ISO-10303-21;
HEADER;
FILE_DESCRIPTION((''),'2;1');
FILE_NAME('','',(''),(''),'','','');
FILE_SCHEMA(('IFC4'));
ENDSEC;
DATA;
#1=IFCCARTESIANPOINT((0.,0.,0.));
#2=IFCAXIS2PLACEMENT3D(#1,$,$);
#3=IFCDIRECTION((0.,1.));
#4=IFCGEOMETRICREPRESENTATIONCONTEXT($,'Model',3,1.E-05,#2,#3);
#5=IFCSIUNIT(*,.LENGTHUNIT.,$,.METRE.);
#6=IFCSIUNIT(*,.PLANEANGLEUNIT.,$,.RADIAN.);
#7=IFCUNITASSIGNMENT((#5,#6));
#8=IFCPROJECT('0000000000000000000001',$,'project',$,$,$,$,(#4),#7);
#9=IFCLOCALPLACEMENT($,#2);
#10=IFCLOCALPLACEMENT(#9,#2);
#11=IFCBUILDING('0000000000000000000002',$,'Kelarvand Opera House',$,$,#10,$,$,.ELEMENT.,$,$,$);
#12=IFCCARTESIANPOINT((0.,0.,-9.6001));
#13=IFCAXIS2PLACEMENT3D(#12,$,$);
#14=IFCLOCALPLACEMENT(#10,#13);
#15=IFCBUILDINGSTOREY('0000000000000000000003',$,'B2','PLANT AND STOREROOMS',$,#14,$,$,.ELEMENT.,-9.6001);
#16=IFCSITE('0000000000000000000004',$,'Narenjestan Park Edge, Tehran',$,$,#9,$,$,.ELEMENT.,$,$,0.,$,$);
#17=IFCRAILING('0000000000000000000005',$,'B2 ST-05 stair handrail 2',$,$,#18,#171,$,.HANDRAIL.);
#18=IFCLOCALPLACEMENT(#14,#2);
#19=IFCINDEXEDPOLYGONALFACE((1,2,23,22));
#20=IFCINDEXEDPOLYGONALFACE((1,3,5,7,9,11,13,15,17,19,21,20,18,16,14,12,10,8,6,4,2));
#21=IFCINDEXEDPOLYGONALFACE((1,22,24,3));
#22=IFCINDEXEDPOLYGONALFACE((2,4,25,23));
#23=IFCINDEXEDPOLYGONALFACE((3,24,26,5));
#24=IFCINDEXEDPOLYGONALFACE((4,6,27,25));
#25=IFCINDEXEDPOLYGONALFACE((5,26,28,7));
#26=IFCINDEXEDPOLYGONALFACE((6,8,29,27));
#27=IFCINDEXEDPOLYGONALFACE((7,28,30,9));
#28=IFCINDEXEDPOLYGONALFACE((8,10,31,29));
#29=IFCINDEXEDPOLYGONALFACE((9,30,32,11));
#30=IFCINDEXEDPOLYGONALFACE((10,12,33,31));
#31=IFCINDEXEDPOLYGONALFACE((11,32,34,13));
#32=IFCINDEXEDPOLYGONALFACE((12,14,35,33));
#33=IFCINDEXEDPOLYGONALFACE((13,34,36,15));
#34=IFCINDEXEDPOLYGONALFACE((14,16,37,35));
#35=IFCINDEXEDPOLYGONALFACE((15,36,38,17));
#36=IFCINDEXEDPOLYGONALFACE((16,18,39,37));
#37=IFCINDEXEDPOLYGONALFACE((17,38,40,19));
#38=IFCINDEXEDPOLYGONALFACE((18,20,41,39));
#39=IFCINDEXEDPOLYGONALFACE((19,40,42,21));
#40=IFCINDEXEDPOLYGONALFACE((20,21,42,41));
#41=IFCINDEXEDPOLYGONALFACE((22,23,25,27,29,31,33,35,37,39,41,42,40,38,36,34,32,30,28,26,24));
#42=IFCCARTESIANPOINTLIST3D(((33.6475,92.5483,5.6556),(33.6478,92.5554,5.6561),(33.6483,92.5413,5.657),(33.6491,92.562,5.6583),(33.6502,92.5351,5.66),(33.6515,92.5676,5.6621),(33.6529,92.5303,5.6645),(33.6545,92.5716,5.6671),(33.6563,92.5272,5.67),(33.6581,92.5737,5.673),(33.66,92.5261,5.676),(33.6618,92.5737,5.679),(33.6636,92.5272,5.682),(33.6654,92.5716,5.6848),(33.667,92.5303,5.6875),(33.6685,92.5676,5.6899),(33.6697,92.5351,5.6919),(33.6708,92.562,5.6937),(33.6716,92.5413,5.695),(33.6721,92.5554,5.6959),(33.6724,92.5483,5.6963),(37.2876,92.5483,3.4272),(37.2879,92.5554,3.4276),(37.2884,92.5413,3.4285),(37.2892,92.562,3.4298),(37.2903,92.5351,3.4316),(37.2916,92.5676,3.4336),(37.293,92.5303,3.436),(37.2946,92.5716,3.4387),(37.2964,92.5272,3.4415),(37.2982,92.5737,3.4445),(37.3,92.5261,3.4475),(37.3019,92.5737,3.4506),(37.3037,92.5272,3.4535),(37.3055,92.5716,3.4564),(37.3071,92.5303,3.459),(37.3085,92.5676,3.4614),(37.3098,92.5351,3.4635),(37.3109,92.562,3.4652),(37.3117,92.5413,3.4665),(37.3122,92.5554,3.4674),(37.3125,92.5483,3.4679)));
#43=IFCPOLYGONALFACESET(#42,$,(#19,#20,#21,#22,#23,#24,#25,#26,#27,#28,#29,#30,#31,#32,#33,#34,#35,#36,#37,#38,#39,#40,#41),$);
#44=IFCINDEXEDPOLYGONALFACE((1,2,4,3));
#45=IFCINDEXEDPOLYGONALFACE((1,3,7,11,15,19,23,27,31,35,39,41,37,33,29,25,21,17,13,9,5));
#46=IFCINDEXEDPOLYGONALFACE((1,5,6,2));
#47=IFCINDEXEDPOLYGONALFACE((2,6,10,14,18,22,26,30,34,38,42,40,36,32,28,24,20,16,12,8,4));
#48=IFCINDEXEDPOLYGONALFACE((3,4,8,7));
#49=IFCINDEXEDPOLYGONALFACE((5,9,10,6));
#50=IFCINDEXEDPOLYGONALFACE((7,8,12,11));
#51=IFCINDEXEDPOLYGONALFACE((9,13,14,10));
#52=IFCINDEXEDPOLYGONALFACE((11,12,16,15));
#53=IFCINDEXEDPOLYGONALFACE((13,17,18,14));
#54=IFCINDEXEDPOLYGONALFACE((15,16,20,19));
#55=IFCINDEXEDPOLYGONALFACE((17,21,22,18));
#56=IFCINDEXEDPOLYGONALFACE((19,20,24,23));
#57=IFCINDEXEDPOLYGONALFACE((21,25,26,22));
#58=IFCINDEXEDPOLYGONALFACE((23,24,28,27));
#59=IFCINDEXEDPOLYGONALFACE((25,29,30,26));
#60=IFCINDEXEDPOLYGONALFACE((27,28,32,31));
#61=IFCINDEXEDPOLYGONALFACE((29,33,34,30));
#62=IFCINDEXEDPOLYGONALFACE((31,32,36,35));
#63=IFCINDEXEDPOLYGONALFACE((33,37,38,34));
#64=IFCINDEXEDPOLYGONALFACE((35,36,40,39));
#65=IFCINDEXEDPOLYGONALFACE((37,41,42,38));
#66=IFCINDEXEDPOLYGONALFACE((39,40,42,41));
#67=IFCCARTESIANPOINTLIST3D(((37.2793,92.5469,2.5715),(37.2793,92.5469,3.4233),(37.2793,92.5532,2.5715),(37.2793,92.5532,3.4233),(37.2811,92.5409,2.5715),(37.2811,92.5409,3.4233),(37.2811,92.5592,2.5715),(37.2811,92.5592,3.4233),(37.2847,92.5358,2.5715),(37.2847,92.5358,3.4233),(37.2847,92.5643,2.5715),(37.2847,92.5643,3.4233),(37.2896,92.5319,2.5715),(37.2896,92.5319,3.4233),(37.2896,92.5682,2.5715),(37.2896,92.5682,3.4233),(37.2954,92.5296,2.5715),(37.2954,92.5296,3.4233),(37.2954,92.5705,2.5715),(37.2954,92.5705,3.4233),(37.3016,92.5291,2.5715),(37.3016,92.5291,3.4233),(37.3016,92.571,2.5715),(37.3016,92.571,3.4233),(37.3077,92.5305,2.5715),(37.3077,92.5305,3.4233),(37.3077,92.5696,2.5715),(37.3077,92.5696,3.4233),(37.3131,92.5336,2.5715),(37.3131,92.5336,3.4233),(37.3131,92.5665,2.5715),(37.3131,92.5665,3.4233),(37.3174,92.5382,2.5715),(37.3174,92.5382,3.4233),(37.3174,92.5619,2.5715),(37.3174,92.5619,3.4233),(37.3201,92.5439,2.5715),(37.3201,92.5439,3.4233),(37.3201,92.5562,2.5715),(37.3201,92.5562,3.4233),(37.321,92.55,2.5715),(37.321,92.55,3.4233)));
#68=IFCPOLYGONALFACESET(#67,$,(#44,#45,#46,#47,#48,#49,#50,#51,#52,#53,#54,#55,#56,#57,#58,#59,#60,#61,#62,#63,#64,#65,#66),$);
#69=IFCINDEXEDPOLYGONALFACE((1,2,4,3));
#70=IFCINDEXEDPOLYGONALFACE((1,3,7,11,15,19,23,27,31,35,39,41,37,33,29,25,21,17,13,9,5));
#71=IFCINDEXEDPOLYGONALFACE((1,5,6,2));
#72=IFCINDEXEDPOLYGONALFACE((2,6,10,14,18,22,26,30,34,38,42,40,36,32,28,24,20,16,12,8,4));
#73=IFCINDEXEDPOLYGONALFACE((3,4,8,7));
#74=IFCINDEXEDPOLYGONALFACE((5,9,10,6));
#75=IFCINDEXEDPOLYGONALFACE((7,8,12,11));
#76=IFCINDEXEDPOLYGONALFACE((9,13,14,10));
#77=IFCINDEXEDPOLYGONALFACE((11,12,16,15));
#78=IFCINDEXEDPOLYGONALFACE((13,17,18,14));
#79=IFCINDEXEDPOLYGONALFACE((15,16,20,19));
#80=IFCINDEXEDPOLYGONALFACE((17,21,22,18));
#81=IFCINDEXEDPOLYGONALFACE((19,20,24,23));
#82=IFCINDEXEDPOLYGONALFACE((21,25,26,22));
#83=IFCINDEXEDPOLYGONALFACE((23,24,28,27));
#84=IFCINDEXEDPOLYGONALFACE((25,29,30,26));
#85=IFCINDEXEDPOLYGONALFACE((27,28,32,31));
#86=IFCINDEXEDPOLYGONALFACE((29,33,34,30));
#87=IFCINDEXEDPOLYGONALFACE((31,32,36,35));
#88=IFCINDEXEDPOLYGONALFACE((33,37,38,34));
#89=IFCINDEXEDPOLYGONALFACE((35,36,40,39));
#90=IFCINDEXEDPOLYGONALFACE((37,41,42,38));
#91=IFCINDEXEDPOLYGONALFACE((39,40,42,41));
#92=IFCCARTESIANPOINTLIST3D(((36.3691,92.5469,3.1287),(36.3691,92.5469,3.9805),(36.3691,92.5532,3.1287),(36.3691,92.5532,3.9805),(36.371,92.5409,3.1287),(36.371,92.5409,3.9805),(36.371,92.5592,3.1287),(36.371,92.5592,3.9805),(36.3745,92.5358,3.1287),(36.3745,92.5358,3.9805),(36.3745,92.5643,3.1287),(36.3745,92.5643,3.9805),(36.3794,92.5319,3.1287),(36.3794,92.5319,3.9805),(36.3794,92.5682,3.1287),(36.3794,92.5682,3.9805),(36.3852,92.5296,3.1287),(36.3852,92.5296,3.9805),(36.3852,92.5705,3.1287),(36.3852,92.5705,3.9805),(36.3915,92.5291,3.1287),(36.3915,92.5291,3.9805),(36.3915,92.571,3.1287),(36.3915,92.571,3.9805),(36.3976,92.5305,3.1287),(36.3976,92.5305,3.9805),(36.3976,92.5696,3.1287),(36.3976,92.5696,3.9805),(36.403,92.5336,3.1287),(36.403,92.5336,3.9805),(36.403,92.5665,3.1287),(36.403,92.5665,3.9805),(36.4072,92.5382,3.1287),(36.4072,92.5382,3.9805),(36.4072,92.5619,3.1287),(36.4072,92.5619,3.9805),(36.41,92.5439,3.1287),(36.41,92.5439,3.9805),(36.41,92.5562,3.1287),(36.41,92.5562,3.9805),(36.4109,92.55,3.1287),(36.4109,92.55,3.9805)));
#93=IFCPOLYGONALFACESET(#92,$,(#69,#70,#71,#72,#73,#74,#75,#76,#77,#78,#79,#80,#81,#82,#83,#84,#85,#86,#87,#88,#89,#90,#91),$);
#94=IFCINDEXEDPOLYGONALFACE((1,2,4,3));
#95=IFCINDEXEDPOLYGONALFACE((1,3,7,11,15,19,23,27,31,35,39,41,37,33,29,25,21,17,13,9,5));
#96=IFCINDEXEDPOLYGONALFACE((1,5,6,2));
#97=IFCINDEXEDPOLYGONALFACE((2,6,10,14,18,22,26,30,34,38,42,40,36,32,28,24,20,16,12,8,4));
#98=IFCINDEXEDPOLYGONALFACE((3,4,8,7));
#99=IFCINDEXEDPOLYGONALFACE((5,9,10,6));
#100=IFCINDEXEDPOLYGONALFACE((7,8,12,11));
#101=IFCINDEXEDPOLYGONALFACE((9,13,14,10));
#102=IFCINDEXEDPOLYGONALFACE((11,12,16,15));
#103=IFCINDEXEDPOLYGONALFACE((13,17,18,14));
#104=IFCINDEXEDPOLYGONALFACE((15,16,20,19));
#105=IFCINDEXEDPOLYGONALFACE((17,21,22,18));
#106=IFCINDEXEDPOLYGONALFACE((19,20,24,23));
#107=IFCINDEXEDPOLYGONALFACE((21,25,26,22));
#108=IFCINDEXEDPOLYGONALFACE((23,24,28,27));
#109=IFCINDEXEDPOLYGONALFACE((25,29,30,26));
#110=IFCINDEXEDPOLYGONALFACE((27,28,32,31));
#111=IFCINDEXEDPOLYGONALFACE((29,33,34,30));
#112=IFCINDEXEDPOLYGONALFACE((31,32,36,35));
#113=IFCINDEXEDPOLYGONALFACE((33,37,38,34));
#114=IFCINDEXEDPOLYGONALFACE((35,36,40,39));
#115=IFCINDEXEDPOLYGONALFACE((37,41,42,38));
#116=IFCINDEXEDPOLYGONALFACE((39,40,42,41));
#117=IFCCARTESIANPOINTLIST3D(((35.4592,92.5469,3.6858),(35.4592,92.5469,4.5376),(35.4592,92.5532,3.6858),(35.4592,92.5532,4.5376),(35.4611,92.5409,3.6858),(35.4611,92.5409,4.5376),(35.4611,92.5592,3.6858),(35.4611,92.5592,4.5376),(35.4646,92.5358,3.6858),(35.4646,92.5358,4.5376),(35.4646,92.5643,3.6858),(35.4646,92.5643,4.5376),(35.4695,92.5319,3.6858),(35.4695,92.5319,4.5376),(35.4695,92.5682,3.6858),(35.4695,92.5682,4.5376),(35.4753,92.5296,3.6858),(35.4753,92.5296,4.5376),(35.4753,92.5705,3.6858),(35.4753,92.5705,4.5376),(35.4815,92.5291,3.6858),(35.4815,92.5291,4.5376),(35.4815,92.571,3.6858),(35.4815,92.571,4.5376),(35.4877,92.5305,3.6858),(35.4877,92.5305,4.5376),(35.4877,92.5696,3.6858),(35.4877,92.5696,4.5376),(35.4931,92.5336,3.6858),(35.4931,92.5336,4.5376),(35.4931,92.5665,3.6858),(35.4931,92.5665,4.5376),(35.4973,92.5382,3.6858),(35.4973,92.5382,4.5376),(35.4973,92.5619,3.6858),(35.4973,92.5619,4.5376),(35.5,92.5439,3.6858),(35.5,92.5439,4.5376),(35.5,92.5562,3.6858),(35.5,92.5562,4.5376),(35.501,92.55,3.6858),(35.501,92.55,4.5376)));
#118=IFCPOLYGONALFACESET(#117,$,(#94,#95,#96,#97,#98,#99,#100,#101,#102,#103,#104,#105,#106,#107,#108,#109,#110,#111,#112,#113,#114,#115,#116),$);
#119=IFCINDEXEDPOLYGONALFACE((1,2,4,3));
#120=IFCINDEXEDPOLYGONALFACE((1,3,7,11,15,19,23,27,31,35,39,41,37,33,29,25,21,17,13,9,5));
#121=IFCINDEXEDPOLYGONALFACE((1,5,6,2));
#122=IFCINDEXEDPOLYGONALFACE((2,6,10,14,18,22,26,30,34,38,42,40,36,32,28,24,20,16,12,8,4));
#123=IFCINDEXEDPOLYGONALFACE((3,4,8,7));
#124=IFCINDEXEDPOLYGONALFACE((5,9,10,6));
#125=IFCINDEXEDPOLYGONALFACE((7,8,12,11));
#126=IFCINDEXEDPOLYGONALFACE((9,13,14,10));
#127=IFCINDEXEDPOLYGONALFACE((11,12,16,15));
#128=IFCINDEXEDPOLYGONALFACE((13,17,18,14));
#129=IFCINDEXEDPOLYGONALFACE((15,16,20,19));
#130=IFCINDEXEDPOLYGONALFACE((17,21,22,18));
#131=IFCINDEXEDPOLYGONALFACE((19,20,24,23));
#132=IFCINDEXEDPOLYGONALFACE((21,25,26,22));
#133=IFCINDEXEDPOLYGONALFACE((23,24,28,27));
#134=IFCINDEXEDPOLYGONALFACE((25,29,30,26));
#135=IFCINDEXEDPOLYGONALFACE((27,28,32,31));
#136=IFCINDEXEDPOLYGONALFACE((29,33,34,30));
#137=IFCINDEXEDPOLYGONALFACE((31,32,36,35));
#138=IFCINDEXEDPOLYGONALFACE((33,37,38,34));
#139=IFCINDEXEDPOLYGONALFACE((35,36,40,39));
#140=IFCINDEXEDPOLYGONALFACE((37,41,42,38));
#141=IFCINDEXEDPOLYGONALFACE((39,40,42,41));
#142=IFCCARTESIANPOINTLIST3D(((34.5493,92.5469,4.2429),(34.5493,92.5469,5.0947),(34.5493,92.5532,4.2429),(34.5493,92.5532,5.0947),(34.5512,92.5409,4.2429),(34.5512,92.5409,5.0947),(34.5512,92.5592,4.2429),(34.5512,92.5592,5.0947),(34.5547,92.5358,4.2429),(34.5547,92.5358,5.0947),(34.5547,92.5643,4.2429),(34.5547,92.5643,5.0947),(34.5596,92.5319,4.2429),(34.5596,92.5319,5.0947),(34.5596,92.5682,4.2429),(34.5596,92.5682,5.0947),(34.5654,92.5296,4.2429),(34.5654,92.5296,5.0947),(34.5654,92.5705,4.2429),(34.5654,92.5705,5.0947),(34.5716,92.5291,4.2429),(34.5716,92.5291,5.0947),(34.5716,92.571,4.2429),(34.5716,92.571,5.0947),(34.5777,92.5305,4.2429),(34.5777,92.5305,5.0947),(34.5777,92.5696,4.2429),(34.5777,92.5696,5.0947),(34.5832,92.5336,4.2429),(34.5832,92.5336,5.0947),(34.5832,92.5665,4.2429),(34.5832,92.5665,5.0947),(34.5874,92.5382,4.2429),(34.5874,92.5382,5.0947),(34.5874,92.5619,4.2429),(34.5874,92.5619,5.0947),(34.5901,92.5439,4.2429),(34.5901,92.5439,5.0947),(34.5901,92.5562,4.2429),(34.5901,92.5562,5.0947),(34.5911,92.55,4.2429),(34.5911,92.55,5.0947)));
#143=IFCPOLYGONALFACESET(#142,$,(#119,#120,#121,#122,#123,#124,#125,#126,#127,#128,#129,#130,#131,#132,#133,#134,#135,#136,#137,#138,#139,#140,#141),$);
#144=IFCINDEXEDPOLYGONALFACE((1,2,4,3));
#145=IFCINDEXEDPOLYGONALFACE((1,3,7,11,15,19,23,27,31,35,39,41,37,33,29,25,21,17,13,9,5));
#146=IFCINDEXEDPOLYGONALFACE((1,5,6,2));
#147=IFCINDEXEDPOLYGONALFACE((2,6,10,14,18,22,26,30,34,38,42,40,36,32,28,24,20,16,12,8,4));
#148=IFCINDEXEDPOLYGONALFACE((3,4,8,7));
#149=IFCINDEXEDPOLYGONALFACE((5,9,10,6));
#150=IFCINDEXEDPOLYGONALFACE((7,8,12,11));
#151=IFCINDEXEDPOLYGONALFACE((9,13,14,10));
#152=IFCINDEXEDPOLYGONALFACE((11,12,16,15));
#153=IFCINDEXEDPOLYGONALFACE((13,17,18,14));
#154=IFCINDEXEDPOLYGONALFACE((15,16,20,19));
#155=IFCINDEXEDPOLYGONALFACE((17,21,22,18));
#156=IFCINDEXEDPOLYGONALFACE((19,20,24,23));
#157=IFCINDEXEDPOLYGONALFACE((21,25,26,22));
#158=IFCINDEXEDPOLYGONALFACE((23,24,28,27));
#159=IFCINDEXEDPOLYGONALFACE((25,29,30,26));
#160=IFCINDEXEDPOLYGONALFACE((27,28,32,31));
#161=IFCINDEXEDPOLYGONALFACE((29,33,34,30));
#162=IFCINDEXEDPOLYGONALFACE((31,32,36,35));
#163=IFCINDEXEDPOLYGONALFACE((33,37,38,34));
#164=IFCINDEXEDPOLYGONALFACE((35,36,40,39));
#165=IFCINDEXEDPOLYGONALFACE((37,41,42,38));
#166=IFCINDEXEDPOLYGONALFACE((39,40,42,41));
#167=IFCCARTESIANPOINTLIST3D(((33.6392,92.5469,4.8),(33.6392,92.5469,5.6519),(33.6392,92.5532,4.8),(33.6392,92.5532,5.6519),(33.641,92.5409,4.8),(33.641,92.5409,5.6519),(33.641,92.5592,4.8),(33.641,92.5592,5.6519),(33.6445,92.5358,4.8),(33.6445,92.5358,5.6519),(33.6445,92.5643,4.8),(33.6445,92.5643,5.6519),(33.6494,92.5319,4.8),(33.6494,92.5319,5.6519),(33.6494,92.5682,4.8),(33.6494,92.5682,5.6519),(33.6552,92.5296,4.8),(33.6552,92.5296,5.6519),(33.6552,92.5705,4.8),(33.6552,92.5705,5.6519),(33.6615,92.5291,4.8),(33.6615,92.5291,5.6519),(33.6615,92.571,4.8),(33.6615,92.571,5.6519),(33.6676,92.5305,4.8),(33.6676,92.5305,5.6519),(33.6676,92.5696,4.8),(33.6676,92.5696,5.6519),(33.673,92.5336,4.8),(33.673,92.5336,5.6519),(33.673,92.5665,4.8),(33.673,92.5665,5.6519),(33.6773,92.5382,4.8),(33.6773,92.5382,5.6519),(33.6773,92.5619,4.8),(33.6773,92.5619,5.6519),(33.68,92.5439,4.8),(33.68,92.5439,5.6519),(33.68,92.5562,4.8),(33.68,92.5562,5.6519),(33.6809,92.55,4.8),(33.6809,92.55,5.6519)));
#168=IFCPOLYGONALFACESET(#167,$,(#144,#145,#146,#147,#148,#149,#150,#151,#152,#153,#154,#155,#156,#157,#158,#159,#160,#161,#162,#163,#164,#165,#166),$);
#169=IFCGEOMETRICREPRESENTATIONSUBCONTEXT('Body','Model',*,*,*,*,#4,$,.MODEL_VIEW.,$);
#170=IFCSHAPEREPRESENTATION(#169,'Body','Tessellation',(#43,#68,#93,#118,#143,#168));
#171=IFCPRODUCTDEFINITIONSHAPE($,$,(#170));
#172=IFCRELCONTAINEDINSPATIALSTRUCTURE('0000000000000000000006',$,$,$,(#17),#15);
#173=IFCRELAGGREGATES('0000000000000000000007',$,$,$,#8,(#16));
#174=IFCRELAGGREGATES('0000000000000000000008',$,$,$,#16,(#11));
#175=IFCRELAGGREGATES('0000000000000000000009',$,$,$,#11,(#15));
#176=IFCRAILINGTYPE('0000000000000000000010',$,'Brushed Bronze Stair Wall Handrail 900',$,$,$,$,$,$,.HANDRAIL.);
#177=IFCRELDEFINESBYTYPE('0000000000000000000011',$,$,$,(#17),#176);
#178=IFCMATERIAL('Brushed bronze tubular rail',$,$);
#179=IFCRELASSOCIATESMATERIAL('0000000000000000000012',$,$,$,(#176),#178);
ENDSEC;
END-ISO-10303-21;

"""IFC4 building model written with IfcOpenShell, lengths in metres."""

from ifc_helpers import new_model, si_unit, direction, frame, origin, origin_2d, place, context, subcontext, project, spatial, circle, extrude, material, type_object, element, save


model = new_model("IFC4")

# Units and contexts
model_context = context("Model", 3, precision=1e-05, world=origin(), true_north=direction((0.0, 1.0)))
body_context = subcontext(model_context, "Body", "Model", "MODEL_VIEW")
ifc_project = project(units=[si_unit("LENGTHUNIT", "METRE"), si_unit("PLANEANGLEUNIT", "RADIAN")], contexts=[model_context])

# Site, building, storey
site_placement = place(None, origin())
site = spatial("IfcSite", under=ifc_project, at=site_placement, Name="Narenjestan Park Edge, Tehran", CompositionType="ELEMENT", RefElevation=0.0)
building_placement = place(site_placement, origin())
building = spatial("IfcBuilding", under=site, at=building_placement, Name="Kelarvand Opera House", CompositionType="ELEMENT")
storey_placement = place(building_placement, frame((0.0, 0.0, -9.6001)))
storey = spatial("IfcBuildingStorey", under=building, at=storey_placement, Name="B2", Description="PLANT AND STOREROOMS", CompositionType="ELEMENT", Elevation=-9.6001)

# Railing
ifc_material_1 = material(Name="Brushed bronze tubular rail")
railing_type_1 = type_object("IfcRailingType", Name="Brushed Bronze Stair Wall Handrail 900", PredefinedType="HANDRAIL", material=ifc_material_1)
railing_1_placement = place(storey_placement, frame((37.3, 92.55, 2.5715)))
element("IfcRailing", 1, at=railing_1_placement, inside=storey, type_object=railing_type_1, Name="B2 ST-05 stair handrail 2", PredefinedType="HANDRAIL", context=body_context, shape_type="SweptSolid", body=[
    extrude(circle(Radius=0.0239, at=origin_2d()), frame((0.0, 0.0, 0.876), z_axis=(-0.852866, 0.0, 0.52213), x_axis=(0.0, -1.0, 0.0)), (0.0, 0.0, 1.0), 4.2681),
    extrude(circle(Radius=0.021, at=origin_2d()), origin(), (0.0, 0.0, 1.0), 0.8518),
    extrude(circle(Radius=0.021, at=origin_2d()), frame((-0.9102, 0.0, 0.5571)), (0.0, 0.0, 1.0), 0.8518),
    extrude(circle(Radius=0.021, at=origin_2d()), frame((-1.8201, 0.0, 1.1143)), (0.0, 0.0, 1.0), 0.8518),
    extrude(circle(Radius=0.021, at=origin_2d()), frame((-2.73, 0.0, 1.6714)), (0.0, 0.0, 1.0), 0.8518),
    extrude(circle(Radius=0.021, at=origin_2d()), frame((-3.6401, 0.0, 2.2285)), (0.0, 0.0, 1.0), 0.8518),
])

save(model, "model.ifc")
